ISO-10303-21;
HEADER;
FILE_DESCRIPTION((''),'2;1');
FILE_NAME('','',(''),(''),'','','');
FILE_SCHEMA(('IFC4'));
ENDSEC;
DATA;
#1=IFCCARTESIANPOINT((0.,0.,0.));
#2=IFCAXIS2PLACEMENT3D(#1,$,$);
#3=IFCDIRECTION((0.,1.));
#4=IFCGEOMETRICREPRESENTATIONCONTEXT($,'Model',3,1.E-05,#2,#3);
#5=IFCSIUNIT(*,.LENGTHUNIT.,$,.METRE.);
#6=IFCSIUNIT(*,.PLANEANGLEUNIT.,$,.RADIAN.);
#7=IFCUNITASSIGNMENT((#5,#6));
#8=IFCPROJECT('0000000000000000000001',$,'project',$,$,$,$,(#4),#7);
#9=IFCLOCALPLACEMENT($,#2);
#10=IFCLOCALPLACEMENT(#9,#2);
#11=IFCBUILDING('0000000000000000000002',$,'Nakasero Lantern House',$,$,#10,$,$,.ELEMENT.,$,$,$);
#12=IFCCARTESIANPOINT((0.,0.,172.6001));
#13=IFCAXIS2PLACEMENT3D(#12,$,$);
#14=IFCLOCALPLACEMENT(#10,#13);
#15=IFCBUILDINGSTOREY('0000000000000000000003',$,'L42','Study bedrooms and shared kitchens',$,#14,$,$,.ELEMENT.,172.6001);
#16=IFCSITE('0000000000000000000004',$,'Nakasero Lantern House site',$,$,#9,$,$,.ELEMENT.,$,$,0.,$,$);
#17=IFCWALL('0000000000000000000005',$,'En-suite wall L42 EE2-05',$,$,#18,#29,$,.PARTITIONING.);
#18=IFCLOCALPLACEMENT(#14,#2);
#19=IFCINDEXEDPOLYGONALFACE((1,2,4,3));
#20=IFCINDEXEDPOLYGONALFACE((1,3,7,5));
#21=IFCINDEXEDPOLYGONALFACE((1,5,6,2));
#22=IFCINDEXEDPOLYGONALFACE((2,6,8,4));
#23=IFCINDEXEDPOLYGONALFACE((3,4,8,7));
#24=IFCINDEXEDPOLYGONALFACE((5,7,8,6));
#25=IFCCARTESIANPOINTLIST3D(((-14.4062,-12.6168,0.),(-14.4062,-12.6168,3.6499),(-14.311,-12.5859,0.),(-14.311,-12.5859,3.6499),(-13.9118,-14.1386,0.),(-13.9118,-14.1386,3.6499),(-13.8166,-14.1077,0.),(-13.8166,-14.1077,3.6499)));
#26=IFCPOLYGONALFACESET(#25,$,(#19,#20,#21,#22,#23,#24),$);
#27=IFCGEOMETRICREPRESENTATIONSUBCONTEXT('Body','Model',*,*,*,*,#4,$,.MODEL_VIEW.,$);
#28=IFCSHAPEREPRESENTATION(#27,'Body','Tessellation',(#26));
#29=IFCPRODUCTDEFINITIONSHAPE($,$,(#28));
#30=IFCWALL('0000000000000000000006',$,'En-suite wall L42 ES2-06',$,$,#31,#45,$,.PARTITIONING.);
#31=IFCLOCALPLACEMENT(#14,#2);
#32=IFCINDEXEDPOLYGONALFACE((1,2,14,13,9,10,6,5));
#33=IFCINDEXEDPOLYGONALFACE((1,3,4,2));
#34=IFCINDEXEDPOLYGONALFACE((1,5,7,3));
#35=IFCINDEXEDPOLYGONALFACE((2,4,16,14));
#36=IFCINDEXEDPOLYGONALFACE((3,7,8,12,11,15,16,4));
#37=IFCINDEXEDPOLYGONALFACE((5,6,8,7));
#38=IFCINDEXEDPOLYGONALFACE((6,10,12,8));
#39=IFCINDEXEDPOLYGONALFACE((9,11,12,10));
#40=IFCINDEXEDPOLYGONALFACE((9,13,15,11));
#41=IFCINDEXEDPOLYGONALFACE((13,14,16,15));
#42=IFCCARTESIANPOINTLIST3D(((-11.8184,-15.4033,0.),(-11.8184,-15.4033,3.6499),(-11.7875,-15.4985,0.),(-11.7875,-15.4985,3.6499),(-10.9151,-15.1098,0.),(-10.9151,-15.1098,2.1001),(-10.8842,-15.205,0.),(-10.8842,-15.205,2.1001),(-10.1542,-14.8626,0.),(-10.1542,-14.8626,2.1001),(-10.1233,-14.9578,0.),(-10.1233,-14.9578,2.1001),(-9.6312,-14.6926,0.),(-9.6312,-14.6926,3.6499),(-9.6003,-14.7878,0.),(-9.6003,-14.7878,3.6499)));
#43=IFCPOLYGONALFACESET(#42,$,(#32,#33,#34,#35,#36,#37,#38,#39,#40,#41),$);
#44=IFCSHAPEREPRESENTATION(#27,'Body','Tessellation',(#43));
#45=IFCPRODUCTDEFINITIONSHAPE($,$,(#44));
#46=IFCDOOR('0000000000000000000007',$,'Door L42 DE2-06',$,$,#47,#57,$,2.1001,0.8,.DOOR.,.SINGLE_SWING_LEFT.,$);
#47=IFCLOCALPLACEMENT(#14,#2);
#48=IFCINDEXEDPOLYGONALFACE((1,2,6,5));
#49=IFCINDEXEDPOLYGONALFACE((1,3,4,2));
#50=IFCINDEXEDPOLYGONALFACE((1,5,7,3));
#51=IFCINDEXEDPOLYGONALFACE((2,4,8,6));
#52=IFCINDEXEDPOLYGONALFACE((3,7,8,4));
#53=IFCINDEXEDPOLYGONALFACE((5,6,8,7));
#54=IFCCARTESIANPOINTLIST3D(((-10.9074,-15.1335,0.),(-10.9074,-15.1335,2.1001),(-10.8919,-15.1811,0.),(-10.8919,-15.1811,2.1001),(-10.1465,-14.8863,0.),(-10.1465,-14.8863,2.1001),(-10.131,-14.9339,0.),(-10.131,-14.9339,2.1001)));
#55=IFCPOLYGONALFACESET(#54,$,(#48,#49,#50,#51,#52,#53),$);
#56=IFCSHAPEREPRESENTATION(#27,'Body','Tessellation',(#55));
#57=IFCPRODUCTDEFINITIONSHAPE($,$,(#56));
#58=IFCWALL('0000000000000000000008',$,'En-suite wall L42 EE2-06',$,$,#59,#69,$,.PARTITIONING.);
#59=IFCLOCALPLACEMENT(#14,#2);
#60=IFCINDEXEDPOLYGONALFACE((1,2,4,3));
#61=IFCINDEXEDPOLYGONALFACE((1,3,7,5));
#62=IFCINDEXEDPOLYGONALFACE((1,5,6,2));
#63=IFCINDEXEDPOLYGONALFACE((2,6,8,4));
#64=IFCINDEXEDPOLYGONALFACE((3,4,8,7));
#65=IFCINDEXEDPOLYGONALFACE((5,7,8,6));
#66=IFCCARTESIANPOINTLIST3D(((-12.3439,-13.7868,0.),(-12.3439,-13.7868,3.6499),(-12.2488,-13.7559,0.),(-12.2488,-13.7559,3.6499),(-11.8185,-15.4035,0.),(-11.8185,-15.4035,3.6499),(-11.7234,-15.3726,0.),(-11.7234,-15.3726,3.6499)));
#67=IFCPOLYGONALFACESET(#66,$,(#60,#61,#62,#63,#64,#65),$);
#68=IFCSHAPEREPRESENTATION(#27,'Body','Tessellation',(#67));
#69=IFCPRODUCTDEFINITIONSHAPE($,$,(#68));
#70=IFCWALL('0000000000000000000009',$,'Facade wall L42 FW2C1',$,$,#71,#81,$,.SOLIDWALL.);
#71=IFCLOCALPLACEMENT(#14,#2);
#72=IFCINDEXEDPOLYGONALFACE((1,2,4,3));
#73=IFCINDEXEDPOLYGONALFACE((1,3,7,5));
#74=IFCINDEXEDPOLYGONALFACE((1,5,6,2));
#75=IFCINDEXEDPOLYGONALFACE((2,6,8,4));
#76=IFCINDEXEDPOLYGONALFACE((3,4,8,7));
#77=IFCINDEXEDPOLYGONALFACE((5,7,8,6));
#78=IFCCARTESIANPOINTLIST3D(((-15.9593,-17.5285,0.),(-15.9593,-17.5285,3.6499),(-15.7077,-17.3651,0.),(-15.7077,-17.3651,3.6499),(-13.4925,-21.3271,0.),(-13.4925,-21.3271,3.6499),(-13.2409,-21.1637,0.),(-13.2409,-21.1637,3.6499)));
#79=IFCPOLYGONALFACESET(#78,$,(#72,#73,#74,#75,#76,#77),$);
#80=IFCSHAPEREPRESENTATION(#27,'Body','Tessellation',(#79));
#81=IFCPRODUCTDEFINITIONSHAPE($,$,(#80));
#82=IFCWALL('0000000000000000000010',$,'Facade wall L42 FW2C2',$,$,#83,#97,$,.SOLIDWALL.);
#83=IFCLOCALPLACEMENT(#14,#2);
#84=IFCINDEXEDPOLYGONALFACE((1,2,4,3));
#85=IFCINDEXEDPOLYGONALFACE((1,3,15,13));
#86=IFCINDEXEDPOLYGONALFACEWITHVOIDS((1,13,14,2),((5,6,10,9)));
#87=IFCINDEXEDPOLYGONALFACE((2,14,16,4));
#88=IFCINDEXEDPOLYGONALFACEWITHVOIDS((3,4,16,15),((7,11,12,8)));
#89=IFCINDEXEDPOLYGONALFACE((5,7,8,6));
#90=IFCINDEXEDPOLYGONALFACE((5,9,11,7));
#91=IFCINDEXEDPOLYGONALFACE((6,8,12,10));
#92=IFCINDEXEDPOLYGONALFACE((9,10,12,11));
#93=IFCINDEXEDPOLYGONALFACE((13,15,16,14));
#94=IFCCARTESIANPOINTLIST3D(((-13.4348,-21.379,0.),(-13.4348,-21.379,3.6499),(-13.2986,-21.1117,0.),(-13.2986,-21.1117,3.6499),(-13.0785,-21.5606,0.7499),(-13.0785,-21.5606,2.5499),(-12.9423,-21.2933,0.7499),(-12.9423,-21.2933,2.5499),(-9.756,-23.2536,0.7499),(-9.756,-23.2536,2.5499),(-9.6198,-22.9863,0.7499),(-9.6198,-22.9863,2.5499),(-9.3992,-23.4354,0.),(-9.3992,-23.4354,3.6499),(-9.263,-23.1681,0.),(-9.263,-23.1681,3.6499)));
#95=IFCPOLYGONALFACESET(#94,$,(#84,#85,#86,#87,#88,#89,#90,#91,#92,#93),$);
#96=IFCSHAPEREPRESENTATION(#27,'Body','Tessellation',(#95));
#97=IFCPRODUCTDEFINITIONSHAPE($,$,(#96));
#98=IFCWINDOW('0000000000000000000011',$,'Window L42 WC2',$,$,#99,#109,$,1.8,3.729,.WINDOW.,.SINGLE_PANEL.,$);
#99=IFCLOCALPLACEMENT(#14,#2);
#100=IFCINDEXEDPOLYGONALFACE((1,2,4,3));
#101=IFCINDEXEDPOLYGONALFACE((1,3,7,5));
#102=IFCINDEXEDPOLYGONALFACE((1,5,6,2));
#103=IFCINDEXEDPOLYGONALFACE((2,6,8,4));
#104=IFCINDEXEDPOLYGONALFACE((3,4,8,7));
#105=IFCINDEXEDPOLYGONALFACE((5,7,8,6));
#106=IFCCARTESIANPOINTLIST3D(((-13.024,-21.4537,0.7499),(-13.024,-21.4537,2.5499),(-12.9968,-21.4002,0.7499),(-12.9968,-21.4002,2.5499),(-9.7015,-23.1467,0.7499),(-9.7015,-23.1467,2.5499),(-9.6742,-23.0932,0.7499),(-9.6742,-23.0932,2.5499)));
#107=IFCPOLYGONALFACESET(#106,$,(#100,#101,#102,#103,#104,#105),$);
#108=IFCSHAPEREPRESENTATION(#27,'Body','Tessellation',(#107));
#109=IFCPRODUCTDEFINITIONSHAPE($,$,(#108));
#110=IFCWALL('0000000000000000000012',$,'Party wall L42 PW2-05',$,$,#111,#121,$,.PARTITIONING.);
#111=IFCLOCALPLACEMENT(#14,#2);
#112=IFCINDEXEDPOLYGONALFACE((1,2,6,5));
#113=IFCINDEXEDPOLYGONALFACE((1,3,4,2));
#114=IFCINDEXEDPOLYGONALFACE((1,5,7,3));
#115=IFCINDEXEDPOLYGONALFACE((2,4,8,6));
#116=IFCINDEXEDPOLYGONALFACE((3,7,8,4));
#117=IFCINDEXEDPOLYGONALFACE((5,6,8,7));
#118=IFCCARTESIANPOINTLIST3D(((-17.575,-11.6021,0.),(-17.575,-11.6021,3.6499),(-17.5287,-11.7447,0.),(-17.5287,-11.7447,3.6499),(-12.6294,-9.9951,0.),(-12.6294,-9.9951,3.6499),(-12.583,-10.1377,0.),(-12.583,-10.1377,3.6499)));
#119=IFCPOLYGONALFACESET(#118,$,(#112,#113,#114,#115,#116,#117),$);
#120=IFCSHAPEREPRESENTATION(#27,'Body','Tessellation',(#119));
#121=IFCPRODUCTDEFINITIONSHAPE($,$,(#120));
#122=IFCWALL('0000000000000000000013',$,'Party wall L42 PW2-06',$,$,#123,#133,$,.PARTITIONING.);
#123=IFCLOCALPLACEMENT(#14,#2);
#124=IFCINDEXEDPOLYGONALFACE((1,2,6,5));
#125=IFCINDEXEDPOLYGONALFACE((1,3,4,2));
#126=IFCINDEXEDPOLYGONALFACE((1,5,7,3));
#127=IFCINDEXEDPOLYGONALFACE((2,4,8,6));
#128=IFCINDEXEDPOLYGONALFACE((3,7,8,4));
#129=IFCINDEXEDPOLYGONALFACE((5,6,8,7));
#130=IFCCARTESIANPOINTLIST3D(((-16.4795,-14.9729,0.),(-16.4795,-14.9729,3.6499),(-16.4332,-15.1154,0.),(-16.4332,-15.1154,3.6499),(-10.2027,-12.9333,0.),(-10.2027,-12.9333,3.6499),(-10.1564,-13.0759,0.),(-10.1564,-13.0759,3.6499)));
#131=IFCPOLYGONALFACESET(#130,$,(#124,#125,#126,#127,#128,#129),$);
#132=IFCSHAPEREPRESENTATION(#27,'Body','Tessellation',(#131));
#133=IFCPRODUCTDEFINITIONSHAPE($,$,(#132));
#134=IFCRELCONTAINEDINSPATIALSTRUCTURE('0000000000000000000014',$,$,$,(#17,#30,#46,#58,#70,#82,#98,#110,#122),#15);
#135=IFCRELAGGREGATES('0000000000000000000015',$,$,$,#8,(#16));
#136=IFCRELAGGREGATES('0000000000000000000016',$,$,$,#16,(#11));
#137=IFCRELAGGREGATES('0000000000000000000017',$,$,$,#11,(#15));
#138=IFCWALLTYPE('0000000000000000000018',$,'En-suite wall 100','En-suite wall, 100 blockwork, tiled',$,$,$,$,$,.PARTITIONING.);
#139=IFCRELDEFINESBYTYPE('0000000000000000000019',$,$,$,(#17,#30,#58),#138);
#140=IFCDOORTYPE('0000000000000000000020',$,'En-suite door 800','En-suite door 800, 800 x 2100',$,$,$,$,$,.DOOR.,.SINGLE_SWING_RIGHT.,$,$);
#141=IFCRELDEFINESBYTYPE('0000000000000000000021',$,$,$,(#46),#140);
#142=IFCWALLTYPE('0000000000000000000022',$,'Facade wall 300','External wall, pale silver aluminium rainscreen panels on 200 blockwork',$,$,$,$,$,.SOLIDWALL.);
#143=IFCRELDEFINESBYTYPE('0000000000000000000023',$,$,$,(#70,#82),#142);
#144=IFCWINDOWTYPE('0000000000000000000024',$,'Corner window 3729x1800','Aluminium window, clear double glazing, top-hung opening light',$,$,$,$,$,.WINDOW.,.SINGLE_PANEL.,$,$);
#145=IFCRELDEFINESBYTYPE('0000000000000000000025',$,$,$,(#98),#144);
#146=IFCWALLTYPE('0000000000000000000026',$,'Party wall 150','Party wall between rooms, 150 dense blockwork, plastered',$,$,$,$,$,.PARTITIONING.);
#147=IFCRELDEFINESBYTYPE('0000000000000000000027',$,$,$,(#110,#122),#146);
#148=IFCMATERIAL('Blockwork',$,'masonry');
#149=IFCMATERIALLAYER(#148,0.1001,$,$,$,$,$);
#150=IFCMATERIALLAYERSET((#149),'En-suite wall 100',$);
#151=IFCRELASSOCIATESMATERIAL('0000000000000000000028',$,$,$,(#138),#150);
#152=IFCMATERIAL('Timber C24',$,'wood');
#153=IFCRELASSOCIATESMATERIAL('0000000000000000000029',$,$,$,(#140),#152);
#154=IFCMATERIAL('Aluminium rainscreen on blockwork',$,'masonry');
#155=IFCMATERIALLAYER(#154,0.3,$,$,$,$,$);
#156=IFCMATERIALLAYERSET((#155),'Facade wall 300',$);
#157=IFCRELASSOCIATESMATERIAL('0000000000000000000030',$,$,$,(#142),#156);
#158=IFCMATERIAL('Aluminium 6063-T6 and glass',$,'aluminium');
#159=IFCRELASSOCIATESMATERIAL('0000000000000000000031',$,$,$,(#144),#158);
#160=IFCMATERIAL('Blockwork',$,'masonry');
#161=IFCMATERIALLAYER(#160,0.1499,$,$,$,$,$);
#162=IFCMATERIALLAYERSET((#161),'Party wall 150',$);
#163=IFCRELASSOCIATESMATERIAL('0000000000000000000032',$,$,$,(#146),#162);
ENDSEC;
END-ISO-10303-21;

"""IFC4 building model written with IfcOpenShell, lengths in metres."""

from ifc_helpers import new_model, si_unit, direction, frame, frame_2d, origin, place, context, subcontext, project, spatial, rectangle, extrude, material, layer, layer_set, type_object, element, fill, save


model = new_model("IFC4")

# Units and contexts
model_context = context("Model", 3, precision=1e-05, world=origin(), true_north=direction((0.0, 1.0)))
body_context = subcontext(model_context, "Body", "Model", "MODEL_VIEW")
ifc_project = project(units=[si_unit("LENGTHUNIT", "METRE"), si_unit("PLANEANGLEUNIT", "RADIAN")], contexts=[model_context])

# Site, building, storey
site_placement = place(None, origin())
site = spatial("IfcSite", under=ifc_project, at=site_placement, Name="Nakasero Lantern House site", CompositionType="ELEMENT", RefElevation=0.0)
building_placement = place(site_placement, origin())
building = spatial("IfcBuilding", under=site, at=building_placement, Name="Nakasero Lantern House", CompositionType="ELEMENT")
storey_placement = place(building_placement, frame((0.0, 0.0, 172.6001)))
storey = spatial("IfcBuildingStorey", under=building, at=storey_placement, Name="L42", Description="Study bedrooms and shared kitchens", CompositionType="ELEMENT", Elevation=172.6001)

# Shared definitions
ifc_material_1 = material(Name="Blockwork", Category="masonry")
ifc_layer_1 = layer(ifc_material_1, 0.1001)
ifc_layer_set_1 = layer_set([ifc_layer_1], Name="En-suite wall 100")
wall_type_1 = type_object("IfcWallType", Name="En-suite wall 100", Description="En-suite wall, 100 blockwork, tiled", PredefinedType="PARTITIONING", material=ifc_layer_set_1)
ifc_material_2 = material(Name="Timber C24", Category="wood")
door_type = type_object("IfcDoorType", Name="En-suite door 800", Description="En-suite door 800, 800 x 2100", OperationType="SINGLE_SWING_RIGHT", PredefinedType="DOOR", material=ifc_material_2)

# Wall
wall_1_placement = place(storey_placement, frame((-14.3586, -12.6013, 0.0), z_axis=(0.0, 0.0, 1.0), x_axis=(0.308986, -0.951067, 0.0)))
element("IfcWall", 1, at=wall_1_placement, inside=storey, type_object=wall_type_1, Name="En-suite wall L42 EE2-05", PredefinedType="PARTITIONING", context=body_context, shape_type="SweptSolid", body=[
    extrude(rectangle(XDim=1.6001, YDim=0.1001, at=frame_2d((0.8, 0.0))), origin(), (0.0, 0.0, 1.0), 3.6499),
])

# Wall, opening, door
wall_2_placement = place(storey_placement, frame((-9.6157, -14.7402, 0.0), z_axis=(0.0, 0.0, 1.0), x_axis=(-0.951055, -0.309021, 0.0)))
wall_2 = element("IfcWall", 2, at=wall_2_placement, inside=storey, type_object=wall_type_1, Name="En-suite wall L42 ES2-06", PredefinedType="PARTITIONING", context=body_context, shape_type="SweptSolid", body=[
    extrude(rectangle(XDim=2.2998, YDim=0.1001, at=frame_2d((1.1499, 0.0))), origin(), (0.0, 0.0, 1.0), 3.6499),
])
opening_1_placement = place(wall_2_placement, frame((0.55, 0.0, 0.0)))
opening_1 = element("IfcOpeningElement", 3, at=opening_1_placement, cuts=wall_2, PredefinedType="OPENING", context=body_context, shape_type="SweptSolid", body=[
    extrude(rectangle(XDim=0.8, YDim=2.1001, at=frame_2d((0.3999, 1.05))), frame((0.0, 0.0701, 0.0), z_axis=(0.0, -1.0, 0.0), x_axis=(1.0, 0.0, 0.0)), (0.0, 0.0, 1.0), 0.1401),
])
door_1_placement = place(opening_1_placement, origin())
door_1 = element("IfcDoor", 4, at=door_1_placement, inside=storey, type_object=door_type, Name="Door L42 DE2-06", OperationType="SINGLE_SWING_LEFT", OverallHeight=2.1001, OverallWidth=0.8, PredefinedType="DOOR", context=body_context, shape_type="SweptSolid", body=[
    extrude(rectangle(XDim=0.8, YDim=2.1001, at=frame_2d((0.3999, 1.05))), frame((0.0, 0.0249, 0.0), z_axis=(0.0, -1.0, 0.0), x_axis=(1.0, 0.0, 0.0)), (0.0, 0.0, 1.0), 0.05),
])
fill(opening_1, door_1)

# Walls
wall_3_placement = place(storey_placement, frame((-12.2964, -13.7712, 0.0), z_axis=(0.0, 0.0, 1.0), x_axis=(0.309067, -0.95104, 0.0)))
element("IfcWall", 5, at=wall_3_placement, inside=storey, type_object=wall_type_1, Name="En-suite wall L42 EE2-06", PredefinedType="PARTITIONING", context=body_context, shape_type="SweptSolid", body=[
    extrude(rectangle(XDim=1.7, YDim=0.1001, at=frame_2d((0.8501, 0.0))), origin(), (0.0, 0.0, 1.0), 3.6499),
])
ifc_material_3 = material(Name="Aluminium rainscreen on blockwork", Category="masonry")
ifc_layer_2 = layer(ifc_material_3, 0.3)
ifc_layer_set_2 = layer_set([ifc_layer_2], Name="Facade wall 300")
wall_type_2 = type_object("IfcWallType", Name="Facade wall 300", Description="External wall, pale silver aluminium rainscreen panels on 200 blockwork", PredefinedType="SOLIDWALL", material=ifc_layer_set_2)
wall_4_placement = place(storey_placement, frame((-15.8335, -17.4468, 0.0), z_axis=(0.0, 0.0, 1.0), x_axis=(0.544634, -0.838674, 0.0)))
element("IfcWall", 6, at=wall_4_placement, inside=storey, type_object=wall_type_2, Name="Facade wall L42 FW2C1", PredefinedType="SOLIDWALL", context=body_context, shape_type="SweptSolid", body=[
    extrude(rectangle(XDim=4.5293, YDim=0.3, at=frame_2d((2.2646, 0.0))), origin(), (0.0, 0.0, 1.0), 3.6499),
])

# Wall, opening, window
wall_5_placement = place(storey_placement, frame((-13.3667, -21.2454, 0.0), z_axis=(0.0, 0.0, 1.0), x_axis=(0.890995, -0.454014, 0.0)))
wall_5 = element("IfcWall", 7, at=wall_5_placement, inside=storey, type_object=wall_type_2, Name="Facade wall L42 FW2C2", PredefinedType="SOLIDWALL", context=body_context, shape_type="SweptSolid", body=[
    extrude(rectangle(XDim=4.5293, YDim=0.3, at=frame_2d((2.2646, 0.0))), origin(), (0.0, 0.0, 1.0), 3.6499),
])
opening_2_placement = place(wall_5_placement, frame((0.3999, 0.0, 0.75)))
opening_2 = element("IfcOpeningElement", 8, at=opening_2_placement, cuts=wall_5, PredefinedType="OPENING", context=body_context, shape_type="SweptSolid", body=[
    extrude(rectangle(XDim=3.729, YDim=1.8, at=frame_2d((1.8645, 0.8999))), frame((0.0, 0.1699, 0.0), z_axis=(0.0, -1.0, 0.0), x_axis=(1.0, 0.0, 0.0)), (0.0, 0.0, 1.0), 0.3401),
])
ifc_material_4 = material(Name="Aluminium 6063-T6 and glass", Category="aluminium")
window_type = type_object("IfcWindowType", Name="Corner window 3729x1800", Description="Aluminium window, clear double glazing, top-hung opening light", PartitioningType="SINGLE_PANEL", PredefinedType="WINDOW", material=ifc_material_4)
window_placement = place(opening_2_placement, origin())
window = element("IfcWindow", 9, at=window_placement, inside=storey, type_object=window_type, Name="Window L42 WC2", OverallHeight=1.8, OverallWidth=3.729, PartitioningType="SINGLE_PANEL", PredefinedType="WINDOW", context=body_context, shape_type="SweptSolid", body=[
    extrude(rectangle(XDim=3.729, YDim=1.8, at=frame_2d((1.8645, 0.8999))), frame((0.0, 0.03, 0.0), z_axis=(0.0, -1.0, 0.0), x_axis=(1.0, 0.0, 0.0)), (0.0, 0.0, 1.0), 0.0601),
])
fill(opening_2, window)

# Walls
ifc_material_5 = material(Name="Blockwork", Category="masonry")
ifc_layer_3 = layer(ifc_material_5, 0.1499)
ifc_layer_set_3 = layer_set([ifc_layer_3], Name="Party wall 150")
wall_type_3 = type_object("IfcWallType", Name="Party wall 150", Description="Party wall between rooms, 150 dense blockwork, plastered", PredefinedType="PARTITIONING", material=ifc_layer_set_3)
wall_6_placement = place(storey_placement, frame((-12.6062, -10.0664, 0.0), z_axis=(0.0, 0.0, 1.0), x_axis=(-0.951055, -0.309021, 0.0)))
element("IfcWall", 10, at=wall_6_placement, inside=storey, type_object=wall_type_3, Name="Party wall L42 PW2-05", PredefinedType="PARTITIONING", context=body_context, shape_type="SweptSolid", body=[
    extrude(rectangle(XDim=5.2002, YDim=0.1499, at=frame_2d((2.6001, 0.0))), origin(), (0.0, 0.0, 1.0), 3.6499),
])
wall_7_placement = place(storey_placement, frame((-10.1797, -13.0046, 0.0), z_axis=(0.0, 0.0, 1.0), x_axis=(-0.951053, -0.309028, 0.0)))
element("IfcWall", 11, at=wall_7_placement, inside=storey, type_object=wall_type_3, Name="Party wall L42 PW2-06", PredefinedType="PARTITIONING", context=body_context, shape_type="SweptSolid", body=[
    extrude(rectangle(XDim=6.5999, YDim=0.1499, at=frame_2d((3.2998, 0.0))), origin(), (0.0, 0.0, 1.0), 3.6499),
])

save(model, "model.ifc")
